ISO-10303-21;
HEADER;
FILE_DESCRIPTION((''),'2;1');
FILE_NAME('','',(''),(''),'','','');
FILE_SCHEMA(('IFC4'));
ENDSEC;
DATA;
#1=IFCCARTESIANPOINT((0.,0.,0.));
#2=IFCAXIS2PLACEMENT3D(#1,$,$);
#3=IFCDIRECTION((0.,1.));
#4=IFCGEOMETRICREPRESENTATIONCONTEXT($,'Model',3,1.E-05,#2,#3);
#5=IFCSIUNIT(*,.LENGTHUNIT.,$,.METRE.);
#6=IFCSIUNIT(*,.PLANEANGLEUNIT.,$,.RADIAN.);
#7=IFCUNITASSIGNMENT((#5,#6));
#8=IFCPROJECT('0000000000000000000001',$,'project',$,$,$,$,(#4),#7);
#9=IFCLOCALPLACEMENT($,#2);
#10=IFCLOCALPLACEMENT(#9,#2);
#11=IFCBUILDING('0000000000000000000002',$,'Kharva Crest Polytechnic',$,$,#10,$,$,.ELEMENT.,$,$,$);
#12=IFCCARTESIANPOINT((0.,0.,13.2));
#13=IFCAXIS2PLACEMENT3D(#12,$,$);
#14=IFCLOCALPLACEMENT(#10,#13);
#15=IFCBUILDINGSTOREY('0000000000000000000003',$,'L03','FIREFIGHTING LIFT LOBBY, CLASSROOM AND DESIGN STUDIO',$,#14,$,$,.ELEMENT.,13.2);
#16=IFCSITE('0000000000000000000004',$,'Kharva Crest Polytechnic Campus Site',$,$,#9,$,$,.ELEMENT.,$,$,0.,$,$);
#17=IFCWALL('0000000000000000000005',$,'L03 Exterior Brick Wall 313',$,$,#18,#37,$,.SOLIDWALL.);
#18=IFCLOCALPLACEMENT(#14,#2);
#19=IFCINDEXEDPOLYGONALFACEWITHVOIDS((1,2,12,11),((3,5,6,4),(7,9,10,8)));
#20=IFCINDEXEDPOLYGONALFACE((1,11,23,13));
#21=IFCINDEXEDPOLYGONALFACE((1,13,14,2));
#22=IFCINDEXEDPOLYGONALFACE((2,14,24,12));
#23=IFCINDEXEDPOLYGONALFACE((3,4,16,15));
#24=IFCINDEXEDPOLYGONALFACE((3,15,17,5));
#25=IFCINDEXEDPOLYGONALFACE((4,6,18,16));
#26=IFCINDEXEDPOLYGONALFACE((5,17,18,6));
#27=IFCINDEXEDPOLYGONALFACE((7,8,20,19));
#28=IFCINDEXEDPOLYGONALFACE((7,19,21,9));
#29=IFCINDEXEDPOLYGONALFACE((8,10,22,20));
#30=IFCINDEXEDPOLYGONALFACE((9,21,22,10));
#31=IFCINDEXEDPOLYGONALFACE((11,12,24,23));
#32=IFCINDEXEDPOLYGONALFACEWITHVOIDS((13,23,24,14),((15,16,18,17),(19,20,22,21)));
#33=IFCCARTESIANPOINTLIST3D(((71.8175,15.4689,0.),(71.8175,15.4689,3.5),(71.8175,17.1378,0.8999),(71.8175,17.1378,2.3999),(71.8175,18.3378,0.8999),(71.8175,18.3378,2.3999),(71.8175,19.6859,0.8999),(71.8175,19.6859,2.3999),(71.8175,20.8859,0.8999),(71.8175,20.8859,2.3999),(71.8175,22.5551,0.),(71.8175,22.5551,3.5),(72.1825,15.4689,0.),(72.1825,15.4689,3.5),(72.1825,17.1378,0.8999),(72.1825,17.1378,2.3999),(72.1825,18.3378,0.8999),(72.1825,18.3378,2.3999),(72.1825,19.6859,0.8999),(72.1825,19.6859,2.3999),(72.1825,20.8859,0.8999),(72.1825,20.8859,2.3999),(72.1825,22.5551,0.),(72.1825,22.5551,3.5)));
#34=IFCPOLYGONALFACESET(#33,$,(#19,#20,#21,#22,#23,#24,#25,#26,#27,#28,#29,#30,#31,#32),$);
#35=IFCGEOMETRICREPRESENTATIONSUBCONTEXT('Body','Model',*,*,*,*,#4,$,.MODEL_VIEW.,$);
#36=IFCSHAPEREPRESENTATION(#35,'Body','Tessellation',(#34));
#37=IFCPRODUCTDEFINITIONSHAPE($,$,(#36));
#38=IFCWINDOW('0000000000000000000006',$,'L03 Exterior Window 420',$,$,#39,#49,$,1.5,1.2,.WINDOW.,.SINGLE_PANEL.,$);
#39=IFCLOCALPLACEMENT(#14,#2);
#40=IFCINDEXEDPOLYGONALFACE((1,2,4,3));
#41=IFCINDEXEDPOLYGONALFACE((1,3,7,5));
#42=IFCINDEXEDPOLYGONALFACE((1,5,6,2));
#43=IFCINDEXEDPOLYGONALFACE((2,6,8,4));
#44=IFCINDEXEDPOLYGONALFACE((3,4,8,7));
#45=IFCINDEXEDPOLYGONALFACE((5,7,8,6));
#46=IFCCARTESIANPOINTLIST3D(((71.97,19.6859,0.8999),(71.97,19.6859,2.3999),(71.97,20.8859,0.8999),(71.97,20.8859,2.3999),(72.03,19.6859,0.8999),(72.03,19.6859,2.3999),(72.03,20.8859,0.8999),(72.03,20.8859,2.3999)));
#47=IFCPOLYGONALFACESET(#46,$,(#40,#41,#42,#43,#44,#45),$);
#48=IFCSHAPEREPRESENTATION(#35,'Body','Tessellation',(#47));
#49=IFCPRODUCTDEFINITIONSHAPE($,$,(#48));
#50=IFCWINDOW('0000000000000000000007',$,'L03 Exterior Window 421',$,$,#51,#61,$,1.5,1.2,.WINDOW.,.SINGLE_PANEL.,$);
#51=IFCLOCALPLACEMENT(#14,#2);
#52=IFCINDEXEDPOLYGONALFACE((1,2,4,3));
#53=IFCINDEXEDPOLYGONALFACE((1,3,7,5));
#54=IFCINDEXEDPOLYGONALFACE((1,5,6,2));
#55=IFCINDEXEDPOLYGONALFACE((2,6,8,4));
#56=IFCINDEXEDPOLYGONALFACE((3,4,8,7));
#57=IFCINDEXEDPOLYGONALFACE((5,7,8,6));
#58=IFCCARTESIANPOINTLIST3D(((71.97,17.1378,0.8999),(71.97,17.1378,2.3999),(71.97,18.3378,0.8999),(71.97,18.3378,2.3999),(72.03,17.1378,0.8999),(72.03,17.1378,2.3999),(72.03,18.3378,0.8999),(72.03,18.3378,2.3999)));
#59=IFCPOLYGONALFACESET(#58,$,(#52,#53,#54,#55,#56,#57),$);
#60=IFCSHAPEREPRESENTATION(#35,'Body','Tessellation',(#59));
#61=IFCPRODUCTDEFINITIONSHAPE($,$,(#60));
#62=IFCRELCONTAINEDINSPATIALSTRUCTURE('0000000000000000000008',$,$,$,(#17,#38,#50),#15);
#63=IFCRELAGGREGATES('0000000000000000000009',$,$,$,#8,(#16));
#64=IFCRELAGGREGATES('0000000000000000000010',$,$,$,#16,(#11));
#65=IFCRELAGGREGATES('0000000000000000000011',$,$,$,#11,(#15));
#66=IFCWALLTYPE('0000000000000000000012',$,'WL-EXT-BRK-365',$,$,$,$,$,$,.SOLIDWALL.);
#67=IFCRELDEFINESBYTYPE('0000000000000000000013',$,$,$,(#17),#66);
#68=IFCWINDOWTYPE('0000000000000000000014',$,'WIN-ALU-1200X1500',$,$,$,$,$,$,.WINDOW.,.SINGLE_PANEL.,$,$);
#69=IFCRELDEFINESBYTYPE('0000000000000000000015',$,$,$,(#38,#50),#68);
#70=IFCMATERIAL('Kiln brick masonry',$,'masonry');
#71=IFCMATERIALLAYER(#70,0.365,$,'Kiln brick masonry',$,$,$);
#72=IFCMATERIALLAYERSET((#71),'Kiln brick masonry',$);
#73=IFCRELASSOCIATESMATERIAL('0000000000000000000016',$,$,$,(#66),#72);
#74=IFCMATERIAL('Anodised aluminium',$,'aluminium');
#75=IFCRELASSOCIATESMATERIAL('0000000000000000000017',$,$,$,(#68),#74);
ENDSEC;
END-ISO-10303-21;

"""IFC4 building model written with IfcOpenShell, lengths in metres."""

from ifc_helpers import new_model, si_unit, direction, frame, frame_2d, origin, place, context, subcontext, project, spatial, rectangle, extrude, material, layer, layer_set, type_object, element, fill, save


model = new_model("IFC4")

# Units and contexts
model_context = context("Model", 3, precision=1e-05, world=origin(), true_north=direction((0.0, 1.0)))
body_context = subcontext(model_context, "Body", "Model", "MODEL_VIEW")
ifc_project = project(units=[si_unit("LENGTHUNIT", "METRE"), si_unit("PLANEANGLEUNIT", "RADIAN")], contexts=[model_context])

# Site, building, storey
site_placement = place(None, origin())
site = spatial("IfcSite", under=ifc_project, at=site_placement, Name="Kharva Crest Polytechnic Campus Site", CompositionType="ELEMENT", RefElevation=0.0)
building_placement = place(site_placement, origin())
building = spatial("IfcBuilding", under=site, at=building_placement, Name="Kharva Crest Polytechnic", CompositionType="ELEMENT")
storey_placement = place(building_placement, frame((0.0, 0.0, 13.2)))
storey = spatial("IfcBuildingStorey", under=building, at=storey_placement, Name="L03", Description="FIREFIGHTING LIFT LOBBY, CLASSROOM AND DESIGN STUDIO", CompositionType="ELEMENT", Elevation=13.2)

# Wall, openings, windows
ifc_material_1 = material(Name="Kiln brick masonry", Category="masonry")
ifc_layer_1 = layer(ifc_material_1, 0.365, Name="Kiln brick masonry")
ifc_layer_set_1 = layer_set([ifc_layer_1], Name="Kiln brick masonry")
wall_type = type_object("IfcWallType", Name="WL-EXT-BRK-365", PredefinedType="SOLIDWALL", material=ifc_layer_set_1)
wall_placement = place(storey_placement, frame((72.0, 22.5549, 0.0), z_axis=(0.0, 0.0, 1.0), x_axis=(0.0, -1.0, 0.0)))
wall = element("IfcWall", 1, at=wall_placement, inside=storey, type_object=wall_type, Name="L03 Exterior Brick Wall 313", PredefinedType="SOLIDWALL", context=body_context, shape_type="SweptSolid", body=[
    extrude(rectangle(XDim=7.0862, YDim=0.365, at=frame_2d((3.543, 0.0))), origin(), (0.0, 0.0, 1.0), 3.5),
])
opening_1_placement = place(wall_placement, frame((1.6689, 0.0, 0.8999)))
opening_1 = element("IfcOpeningElement", 2, at=opening_1_placement, cuts=wall, PredefinedType="OPENING", context=body_context, shape_type="SweptSolid", body=[
    extrude(rectangle(XDim=1.2, YDim=1.5, at=frame_2d((0.6001, 0.75))), frame((0.0, 0.1924, 0.0), z_axis=(0.0, -1.0, 0.0), x_axis=(1.0, 0.0, 0.0)), (0.0, 0.0, 1.0), 0.385),
])
opening_2_placement = place(wall_placement, frame((4.217, 0.0, 0.8999)))
opening_2 = element("IfcOpeningElement", 3, at=opening_2_placement, cuts=wall, PredefinedType="OPENING", context=body_context, shape_type="SweptSolid", body=[
    extrude(rectangle(XDim=1.2, YDim=1.5, at=frame_2d((0.6001, 0.75))), frame((0.0, 0.1924, 0.0), z_axis=(0.0, -1.0, 0.0), x_axis=(1.0, 0.0, 0.0)), (0.0, 0.0, 1.0), 0.385),
])
ifc_material_2 = material(Name="Anodised aluminium", Category="aluminium")
window_type = type_object("IfcWindowType", Name="WIN-ALU-1200X1500", PartitioningType="SINGLE_PANEL", PredefinedType="WINDOW", material=ifc_material_2)
window_1_placement = place(opening_1_placement, origin())
window_1 = element("IfcWindow", 4, at=window_1_placement, inside=storey, type_object=window_type, Name="L03 Exterior Window 420", OverallHeight=1.5, OverallWidth=1.2, PartitioningType="SINGLE_PANEL", PredefinedType="WINDOW", context=body_context, shape_type="SweptSolid", body=[
    extrude(rectangle(XDim=1.2, YDim=1.5, at=frame_2d((0.6001, 0.75))), frame((0.0, 0.03, 0.0), z_axis=(0.0, -1.0, 0.0), x_axis=(1.0, 0.0, 0.0)), (0.0, 0.0, 1.0), 0.0601),
])
fill(opening_1, window_1)
window_2_placement = place(opening_2_placement, origin())
window_2 = element("IfcWindow", 5, at=window_2_placement, inside=storey, type_object=window_type, Name="L03 Exterior Window 421", OverallHeight=1.5, OverallWidth=1.2, PartitioningType="SINGLE_PANEL", PredefinedType="WINDOW", context=body_context, shape_type="SweptSolid", body=[
    extrude(rectangle(XDim=1.2, YDim=1.5, at=frame_2d((0.6001, 0.75))), frame((0.0, 0.03, 0.0), z_axis=(0.0, -1.0, 0.0), x_axis=(1.0, 0.0, 0.0)), (0.0, 0.0, 1.0), 0.0601),
])
fill(opening_2, window_2)

save(model, "model.ifc")
